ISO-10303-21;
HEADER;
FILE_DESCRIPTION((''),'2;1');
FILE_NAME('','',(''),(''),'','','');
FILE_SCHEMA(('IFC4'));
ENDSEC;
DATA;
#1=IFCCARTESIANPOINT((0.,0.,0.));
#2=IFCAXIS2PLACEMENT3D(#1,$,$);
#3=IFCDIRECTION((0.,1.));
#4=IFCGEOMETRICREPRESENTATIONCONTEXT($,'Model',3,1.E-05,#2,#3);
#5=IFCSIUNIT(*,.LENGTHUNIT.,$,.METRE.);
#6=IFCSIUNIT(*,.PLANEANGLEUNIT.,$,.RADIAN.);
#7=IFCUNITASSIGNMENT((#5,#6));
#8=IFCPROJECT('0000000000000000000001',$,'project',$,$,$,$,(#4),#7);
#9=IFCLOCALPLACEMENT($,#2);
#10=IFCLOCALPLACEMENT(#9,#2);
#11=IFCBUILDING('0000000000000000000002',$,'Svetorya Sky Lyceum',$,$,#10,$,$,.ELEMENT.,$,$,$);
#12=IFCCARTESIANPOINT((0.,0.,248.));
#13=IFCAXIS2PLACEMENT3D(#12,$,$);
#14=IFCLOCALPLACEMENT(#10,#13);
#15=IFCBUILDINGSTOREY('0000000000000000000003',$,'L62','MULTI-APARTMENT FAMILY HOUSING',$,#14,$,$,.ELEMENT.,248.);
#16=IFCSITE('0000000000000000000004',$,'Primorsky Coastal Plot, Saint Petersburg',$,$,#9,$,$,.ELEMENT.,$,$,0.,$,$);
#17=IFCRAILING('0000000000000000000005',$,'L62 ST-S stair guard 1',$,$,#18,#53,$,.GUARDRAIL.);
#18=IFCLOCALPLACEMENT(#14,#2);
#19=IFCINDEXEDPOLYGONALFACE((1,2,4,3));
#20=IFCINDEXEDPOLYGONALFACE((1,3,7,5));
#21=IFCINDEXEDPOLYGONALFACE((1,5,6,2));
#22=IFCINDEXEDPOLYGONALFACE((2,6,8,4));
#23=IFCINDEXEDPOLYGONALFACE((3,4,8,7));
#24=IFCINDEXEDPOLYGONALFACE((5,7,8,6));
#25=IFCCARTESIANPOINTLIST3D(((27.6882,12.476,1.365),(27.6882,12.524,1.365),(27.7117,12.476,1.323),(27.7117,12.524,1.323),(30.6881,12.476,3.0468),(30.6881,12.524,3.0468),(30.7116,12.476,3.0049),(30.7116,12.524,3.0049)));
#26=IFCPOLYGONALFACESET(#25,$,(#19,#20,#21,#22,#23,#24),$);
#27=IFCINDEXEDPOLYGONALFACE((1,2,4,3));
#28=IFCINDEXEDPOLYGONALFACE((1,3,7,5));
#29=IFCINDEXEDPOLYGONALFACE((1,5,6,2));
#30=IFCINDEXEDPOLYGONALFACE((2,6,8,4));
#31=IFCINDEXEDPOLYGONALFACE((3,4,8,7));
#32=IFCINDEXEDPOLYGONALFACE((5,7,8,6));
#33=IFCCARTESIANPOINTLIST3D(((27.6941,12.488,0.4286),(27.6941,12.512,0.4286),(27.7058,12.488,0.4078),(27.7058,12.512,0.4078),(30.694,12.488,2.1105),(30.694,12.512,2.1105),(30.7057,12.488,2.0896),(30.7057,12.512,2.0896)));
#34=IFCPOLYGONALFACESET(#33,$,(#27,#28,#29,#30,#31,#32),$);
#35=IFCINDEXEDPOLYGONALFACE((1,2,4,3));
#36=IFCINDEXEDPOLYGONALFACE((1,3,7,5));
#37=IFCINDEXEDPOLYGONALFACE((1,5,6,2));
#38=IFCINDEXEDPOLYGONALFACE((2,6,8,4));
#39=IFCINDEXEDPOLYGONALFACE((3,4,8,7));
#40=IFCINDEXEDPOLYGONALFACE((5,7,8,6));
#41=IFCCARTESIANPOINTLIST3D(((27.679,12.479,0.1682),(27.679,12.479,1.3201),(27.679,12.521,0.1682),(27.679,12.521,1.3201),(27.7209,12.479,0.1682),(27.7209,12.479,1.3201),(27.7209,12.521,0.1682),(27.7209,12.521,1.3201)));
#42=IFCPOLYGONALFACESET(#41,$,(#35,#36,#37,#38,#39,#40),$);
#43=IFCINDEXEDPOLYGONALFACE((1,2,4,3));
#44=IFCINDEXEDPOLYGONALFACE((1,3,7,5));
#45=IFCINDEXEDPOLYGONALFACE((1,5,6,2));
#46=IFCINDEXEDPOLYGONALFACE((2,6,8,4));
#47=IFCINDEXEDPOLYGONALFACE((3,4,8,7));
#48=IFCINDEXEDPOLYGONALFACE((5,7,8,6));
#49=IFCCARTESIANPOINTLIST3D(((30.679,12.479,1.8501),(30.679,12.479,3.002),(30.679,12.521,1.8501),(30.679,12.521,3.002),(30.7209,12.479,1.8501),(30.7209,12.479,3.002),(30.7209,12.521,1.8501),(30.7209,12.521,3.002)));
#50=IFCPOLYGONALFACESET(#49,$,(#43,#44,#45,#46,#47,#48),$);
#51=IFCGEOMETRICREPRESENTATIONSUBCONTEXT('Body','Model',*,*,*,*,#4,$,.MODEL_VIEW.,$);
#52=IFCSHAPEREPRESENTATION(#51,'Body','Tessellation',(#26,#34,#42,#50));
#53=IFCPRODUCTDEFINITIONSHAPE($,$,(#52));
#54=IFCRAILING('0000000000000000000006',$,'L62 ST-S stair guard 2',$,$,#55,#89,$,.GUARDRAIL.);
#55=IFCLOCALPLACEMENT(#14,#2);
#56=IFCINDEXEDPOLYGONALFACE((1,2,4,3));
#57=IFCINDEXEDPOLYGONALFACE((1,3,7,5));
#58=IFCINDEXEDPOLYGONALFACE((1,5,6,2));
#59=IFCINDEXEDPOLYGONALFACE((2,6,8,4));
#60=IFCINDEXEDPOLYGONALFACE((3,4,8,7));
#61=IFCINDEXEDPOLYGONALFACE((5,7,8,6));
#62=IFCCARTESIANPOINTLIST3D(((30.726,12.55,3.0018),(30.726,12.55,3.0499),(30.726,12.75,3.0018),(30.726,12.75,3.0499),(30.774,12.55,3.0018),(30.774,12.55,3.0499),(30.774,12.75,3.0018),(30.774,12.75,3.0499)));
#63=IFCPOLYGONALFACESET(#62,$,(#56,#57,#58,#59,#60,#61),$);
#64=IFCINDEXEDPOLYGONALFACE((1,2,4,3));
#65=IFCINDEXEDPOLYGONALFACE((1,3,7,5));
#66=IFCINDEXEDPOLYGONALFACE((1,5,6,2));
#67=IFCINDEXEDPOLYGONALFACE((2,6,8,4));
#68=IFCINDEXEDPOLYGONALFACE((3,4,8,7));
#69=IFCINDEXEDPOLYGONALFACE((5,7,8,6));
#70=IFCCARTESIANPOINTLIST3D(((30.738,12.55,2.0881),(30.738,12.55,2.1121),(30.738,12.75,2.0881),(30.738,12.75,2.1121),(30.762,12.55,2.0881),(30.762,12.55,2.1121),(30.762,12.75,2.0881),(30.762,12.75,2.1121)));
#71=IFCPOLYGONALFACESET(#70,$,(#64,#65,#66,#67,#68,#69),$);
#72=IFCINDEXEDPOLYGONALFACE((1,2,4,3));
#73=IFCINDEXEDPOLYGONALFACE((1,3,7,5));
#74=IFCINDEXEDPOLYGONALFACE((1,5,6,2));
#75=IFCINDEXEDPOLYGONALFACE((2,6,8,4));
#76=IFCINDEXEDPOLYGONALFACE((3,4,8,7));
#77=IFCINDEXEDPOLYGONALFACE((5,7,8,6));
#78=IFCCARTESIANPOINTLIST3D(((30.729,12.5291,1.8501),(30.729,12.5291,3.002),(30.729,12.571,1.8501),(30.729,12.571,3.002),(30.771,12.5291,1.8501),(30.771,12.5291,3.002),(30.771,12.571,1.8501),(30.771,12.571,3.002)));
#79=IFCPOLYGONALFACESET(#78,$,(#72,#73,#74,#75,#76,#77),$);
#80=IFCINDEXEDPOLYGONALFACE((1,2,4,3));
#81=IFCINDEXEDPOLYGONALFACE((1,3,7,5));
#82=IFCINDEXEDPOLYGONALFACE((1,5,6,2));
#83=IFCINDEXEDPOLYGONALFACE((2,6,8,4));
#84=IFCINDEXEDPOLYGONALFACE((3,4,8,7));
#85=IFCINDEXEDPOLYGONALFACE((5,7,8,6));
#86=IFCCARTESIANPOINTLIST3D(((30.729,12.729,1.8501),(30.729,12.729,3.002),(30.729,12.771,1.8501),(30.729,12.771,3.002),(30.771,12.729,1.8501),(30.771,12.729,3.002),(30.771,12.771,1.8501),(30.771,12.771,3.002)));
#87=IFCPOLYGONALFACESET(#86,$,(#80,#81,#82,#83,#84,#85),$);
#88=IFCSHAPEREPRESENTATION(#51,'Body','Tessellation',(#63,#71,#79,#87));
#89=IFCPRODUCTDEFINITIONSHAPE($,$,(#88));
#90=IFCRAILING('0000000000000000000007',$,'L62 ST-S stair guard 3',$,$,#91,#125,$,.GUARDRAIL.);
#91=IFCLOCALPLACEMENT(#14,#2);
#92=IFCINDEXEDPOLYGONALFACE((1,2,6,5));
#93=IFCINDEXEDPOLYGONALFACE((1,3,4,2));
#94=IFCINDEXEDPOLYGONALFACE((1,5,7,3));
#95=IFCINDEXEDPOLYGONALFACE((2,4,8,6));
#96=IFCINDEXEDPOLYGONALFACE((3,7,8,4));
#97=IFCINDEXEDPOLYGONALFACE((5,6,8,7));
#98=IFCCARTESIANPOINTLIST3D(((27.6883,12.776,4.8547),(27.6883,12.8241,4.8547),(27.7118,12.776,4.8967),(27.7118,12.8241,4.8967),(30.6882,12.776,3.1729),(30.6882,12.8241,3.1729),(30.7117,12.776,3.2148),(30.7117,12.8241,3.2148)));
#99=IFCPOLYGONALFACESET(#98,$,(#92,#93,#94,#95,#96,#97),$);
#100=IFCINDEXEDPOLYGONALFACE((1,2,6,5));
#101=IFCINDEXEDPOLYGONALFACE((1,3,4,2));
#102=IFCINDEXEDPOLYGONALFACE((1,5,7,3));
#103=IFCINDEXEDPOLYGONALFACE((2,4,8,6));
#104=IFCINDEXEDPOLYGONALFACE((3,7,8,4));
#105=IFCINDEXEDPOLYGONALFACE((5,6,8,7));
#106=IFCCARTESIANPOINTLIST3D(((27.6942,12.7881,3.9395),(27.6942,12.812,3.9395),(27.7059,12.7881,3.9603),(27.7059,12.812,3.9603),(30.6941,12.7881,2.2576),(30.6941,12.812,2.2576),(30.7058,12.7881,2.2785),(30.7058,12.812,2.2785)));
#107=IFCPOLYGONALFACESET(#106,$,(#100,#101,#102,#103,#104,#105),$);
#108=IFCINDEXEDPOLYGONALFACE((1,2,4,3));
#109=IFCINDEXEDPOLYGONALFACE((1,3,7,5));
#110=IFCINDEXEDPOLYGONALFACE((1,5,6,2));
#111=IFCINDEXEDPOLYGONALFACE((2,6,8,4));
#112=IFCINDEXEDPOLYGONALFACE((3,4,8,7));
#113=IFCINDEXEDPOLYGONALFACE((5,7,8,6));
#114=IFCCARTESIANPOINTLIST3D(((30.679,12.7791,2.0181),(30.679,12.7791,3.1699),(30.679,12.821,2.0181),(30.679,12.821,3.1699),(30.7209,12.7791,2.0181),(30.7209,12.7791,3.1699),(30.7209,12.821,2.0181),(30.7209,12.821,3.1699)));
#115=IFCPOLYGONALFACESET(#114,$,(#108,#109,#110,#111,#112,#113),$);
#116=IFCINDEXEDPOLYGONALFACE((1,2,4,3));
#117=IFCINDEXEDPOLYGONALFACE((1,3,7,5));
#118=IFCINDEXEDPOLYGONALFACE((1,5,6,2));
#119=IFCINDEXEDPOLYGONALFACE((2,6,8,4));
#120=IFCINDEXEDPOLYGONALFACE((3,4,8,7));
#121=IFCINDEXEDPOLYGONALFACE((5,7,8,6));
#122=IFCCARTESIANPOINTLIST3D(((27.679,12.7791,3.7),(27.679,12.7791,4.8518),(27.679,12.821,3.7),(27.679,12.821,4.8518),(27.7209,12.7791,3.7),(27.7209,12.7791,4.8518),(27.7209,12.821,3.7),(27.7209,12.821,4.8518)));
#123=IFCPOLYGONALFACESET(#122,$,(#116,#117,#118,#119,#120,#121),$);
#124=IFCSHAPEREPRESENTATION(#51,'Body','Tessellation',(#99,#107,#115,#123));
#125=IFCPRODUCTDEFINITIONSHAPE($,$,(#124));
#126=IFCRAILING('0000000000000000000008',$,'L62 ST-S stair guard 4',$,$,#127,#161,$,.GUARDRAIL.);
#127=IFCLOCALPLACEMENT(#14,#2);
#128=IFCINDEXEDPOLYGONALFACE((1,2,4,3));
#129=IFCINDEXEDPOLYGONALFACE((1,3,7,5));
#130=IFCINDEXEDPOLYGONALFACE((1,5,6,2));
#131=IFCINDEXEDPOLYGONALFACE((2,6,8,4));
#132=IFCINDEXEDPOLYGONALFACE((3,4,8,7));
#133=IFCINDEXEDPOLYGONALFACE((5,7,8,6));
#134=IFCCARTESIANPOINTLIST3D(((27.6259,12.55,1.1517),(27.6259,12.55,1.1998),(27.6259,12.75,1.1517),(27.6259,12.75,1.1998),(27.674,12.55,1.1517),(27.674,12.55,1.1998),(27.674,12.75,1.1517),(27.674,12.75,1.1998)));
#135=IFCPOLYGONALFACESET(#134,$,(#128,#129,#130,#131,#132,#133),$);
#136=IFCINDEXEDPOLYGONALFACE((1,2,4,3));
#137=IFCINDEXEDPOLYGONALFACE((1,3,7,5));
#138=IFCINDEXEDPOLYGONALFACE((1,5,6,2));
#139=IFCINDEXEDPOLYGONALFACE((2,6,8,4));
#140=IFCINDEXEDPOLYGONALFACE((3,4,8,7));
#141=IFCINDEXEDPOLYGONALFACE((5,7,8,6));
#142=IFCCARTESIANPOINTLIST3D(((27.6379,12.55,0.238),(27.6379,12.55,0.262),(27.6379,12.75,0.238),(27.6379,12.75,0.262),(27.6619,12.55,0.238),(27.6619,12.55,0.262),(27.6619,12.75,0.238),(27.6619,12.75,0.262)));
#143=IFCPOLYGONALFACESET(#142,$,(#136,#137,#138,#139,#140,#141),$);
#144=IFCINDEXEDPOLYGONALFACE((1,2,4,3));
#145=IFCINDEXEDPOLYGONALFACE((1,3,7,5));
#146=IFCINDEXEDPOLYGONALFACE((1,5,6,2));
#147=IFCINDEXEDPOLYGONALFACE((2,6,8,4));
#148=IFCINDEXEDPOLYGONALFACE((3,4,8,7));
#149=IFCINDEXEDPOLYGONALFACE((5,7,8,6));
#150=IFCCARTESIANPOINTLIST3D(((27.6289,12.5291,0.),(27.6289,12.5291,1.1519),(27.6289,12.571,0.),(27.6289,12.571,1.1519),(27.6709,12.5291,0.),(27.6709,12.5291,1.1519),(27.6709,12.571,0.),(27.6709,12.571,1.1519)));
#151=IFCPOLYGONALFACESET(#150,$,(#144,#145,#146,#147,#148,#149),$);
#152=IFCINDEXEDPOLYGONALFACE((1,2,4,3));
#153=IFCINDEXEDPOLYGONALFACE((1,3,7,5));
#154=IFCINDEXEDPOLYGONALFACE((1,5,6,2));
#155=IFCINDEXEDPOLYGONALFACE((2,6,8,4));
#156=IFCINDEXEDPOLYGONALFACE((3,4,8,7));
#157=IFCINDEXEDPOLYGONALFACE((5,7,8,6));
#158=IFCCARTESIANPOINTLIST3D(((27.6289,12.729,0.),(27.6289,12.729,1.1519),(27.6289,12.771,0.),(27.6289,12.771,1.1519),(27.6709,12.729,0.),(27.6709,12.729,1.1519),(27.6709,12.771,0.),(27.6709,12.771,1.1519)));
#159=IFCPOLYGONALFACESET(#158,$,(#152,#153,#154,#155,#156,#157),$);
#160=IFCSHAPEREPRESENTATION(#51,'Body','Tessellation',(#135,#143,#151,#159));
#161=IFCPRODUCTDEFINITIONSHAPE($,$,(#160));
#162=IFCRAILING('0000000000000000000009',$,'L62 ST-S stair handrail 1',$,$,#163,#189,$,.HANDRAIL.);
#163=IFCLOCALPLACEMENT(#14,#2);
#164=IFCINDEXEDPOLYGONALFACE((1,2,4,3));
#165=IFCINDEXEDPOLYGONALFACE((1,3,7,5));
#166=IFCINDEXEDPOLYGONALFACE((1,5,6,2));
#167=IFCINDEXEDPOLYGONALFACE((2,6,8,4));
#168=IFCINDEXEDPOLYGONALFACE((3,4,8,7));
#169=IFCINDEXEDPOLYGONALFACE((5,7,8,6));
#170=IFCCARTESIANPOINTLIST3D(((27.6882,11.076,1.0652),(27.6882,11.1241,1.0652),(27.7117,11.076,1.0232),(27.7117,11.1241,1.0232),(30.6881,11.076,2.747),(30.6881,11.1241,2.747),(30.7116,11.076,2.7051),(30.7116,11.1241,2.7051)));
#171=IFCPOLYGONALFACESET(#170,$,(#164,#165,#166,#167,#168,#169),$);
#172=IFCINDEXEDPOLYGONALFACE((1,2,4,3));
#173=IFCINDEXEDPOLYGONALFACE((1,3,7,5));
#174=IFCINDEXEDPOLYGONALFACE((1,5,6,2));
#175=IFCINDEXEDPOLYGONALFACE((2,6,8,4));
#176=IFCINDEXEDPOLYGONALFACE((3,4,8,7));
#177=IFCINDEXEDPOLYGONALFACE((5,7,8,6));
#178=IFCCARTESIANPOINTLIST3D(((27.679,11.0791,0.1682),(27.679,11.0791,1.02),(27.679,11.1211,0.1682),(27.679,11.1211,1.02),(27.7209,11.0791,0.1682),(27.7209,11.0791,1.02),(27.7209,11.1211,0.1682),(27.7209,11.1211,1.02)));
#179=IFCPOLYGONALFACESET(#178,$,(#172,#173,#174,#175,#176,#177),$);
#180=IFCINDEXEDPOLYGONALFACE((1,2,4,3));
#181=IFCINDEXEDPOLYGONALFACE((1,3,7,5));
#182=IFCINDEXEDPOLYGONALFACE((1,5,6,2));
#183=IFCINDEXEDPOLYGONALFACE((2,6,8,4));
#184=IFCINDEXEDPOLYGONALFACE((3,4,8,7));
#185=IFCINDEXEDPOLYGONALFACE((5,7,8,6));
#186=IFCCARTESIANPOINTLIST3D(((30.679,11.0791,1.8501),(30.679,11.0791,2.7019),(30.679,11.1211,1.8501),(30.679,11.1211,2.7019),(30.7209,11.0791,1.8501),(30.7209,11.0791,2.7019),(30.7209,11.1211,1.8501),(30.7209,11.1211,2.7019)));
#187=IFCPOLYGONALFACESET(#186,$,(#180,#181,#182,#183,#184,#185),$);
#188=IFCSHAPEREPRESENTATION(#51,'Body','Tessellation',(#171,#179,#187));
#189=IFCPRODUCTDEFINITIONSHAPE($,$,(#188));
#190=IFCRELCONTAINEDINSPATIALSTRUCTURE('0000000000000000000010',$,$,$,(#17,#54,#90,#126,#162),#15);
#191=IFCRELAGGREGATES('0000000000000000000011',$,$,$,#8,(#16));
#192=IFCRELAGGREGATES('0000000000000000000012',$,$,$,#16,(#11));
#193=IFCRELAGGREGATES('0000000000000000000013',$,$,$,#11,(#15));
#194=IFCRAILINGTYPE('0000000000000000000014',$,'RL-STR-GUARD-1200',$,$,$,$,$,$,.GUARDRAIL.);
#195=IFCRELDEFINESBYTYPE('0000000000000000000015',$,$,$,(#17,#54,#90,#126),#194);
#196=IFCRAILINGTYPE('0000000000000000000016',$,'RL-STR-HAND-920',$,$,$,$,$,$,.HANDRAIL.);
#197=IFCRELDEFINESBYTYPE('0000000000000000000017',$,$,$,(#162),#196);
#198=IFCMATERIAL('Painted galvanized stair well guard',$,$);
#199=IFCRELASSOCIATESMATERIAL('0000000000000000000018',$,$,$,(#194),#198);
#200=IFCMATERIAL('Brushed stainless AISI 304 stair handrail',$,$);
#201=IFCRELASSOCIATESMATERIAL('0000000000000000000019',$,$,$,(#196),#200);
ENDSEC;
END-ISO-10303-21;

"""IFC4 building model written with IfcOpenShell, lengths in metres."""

from ifc_helpers import new_model, si_unit, direction, frame, origin, origin_2d, place, context, subcontext, project, spatial, rectangle, extrude, material, type_object, element, save


model = new_model("IFC4")

# Units and contexts
model_context = context("Model", 3, precision=1e-05, world=origin(), true_north=direction((0.0, 1.0)))
body_context = subcontext(model_context, "Body", "Model", "MODEL_VIEW")
ifc_project = project(units=[si_unit("LENGTHUNIT", "METRE"), si_unit("PLANEANGLEUNIT", "RADIAN")], contexts=[model_context])

# Site, building, storey
site_placement = place(None, origin())
site = spatial("IfcSite", under=ifc_project, at=site_placement, Name="Primorsky Coastal Plot, Saint Petersburg", CompositionType="ELEMENT", RefElevation=0.0)
building_placement = place(site_placement, origin())
building = spatial("IfcBuilding", under=site, at=building_placement, Name="Svetorya Sky Lyceum", CompositionType="ELEMENT")
storey_placement = place(building_placement, frame((0.0, 0.0, 248.0)))
storey = spatial("IfcBuildingStorey", under=building, at=storey_placement, Name="L62", Description="MULTI-APARTMENT FAMILY HOUSING", CompositionType="ELEMENT", Elevation=248.0)

# Railings
ifc_material_1 = material(Name="Painted galvanized stair well guard")
railing_type_1 = type_object("IfcRailingType", Name="RL-STR-GUARD-1200", PredefinedType="GUARDRAIL", material=ifc_material_1)
railing_1_placement = place(storey_placement, frame((27.7, 12.5, 0.1682)))
element("IfcRailing", 1, at=railing_1_placement, inside=storey, type_object=railing_type_1, Name="L62 ST-S stair guard 1", PredefinedType="GUARDRAIL", context=body_context, shape_type="SweptSolid", body=[
    extrude(rectangle(XDim=0.0481, YDim=0.0481, at=origin_2d()), frame((0.0, 0.0, 1.1758), z_axis=(0.872272, 0.0, 0.48902), x_axis=(0.0, 1.0, 0.0)), (0.0, 0.0, 1.0), 3.4392),
    extrude(rectangle(XDim=0.0239, YDim=0.0239, at=origin_2d()), frame((0.0, 0.0, 0.25), z_axis=(0.872272, 0.0, 0.48902), x_axis=(0.0, 1.0, 0.0)), (0.0, 0.0, 1.0), 3.4392),
    extrude(rectangle(XDim=0.042, YDim=0.042, at=origin_2d()), origin(), (0.0, 0.0, 1.0), 1.1519),
    extrude(rectangle(XDim=0.042, YDim=0.042, at=origin_2d()), frame((3.0, 0.0, 1.6819)), (0.0, 0.0, 1.0), 1.1519),
])
railing_2_placement = place(storey_placement, frame((30.75, 12.55, 1.8501)))
element("IfcRailing", 2, at=railing_2_placement, inside=storey, type_object=railing_type_1, Name="L62 ST-S stair guard 2", PredefinedType="GUARDRAIL", context=body_context, shape_type="SweptSolid", body=[
    extrude(rectangle(XDim=0.0481, YDim=0.0481, at=origin_2d()), frame((0.0, 0.0, 1.1758), z_axis=(0.0, 1.0, 0.0), x_axis=(-1.0, 0.0, 0.0)), (0.0, 0.0, 1.0), 0.2),
    extrude(rectangle(XDim=0.0239, YDim=0.0239, at=origin_2d()), frame((0.0, 0.0, 0.25), z_axis=(0.0, 1.0, 0.0), x_axis=(-1.0, 0.0, 0.0)), (0.0, 0.0, 1.0), 0.2),
    extrude(rectangle(XDim=0.042, YDim=0.042, at=origin_2d()), origin(), (0.0, 0.0, 1.0), 1.1519),
    extrude(rectangle(XDim=0.042, YDim=0.042, at=origin_2d()), frame((0.0, 0.2, 0.0)), (0.0, 0.0, 1.0), 1.1519),
])
railing_3_placement = place(storey_placement, frame((30.7, 12.8, 2.0181)))
element("IfcRailing", 3, at=railing_3_placement, inside=storey, type_object=railing_type_1, Name="L62 ST-S stair guard 3", PredefinedType="GUARDRAIL", context=body_context, shape_type="SweptSolid", body=[
    extrude(rectangle(XDim=0.0481, YDim=0.0481, at=origin_2d()), frame((0.0, 0.0, 1.1758), z_axis=(-0.872272, 0.0, 0.48902), x_axis=(0.0, -1.0, 0.0)), (0.0, 0.0, 1.0), 3.4392),
    extrude(rectangle(XDim=0.0239, YDim=0.0239, at=origin_2d()), frame((0.0, 0.0, 0.25), z_axis=(-0.872272, 0.0, 0.48902), x_axis=(0.0, -1.0, 0.0)), (0.0, 0.0, 1.0), 3.4392),
    extrude(rectangle(XDim=0.042, YDim=0.042, at=origin_2d()), origin(), (0.0, 0.0, 1.0), 1.1519),
    extrude(rectangle(XDim=0.042, YDim=0.042, at=origin_2d()), frame((-3.0, 0.0, 1.6819)), (0.0, 0.0, 1.0), 1.1519),
])
railing_4_placement = place(storey_placement, frame((27.6499, 12.55, 0.0)))
element("IfcRailing", 4, at=railing_4_placement, inside=storey, type_object=railing_type_1, Name="L62 ST-S stair guard 4", PredefinedType="GUARDRAIL", context=body_context, shape_type="SweptSolid", body=[
    extrude(rectangle(XDim=0.0481, YDim=0.0481, at=origin_2d()), frame((0.0, 0.0, 1.1758), z_axis=(0.0, 1.0, 0.0), x_axis=(-1.0, 0.0, 0.0)), (0.0, 0.0, 1.0), 0.2),
    extrude(rectangle(XDim=0.0239, YDim=0.0239, at=origin_2d()), frame((0.0, 0.0, 0.25), z_axis=(0.0, 1.0, 0.0), x_axis=(-1.0, 0.0, 0.0)), (0.0, 0.0, 1.0), 0.2),
    extrude(rectangle(XDim=0.042, YDim=0.042, at=origin_2d()), origin(), (0.0, 0.0, 1.0), 1.1519),
    extrude(rectangle(XDim=0.042, YDim=0.042, at=origin_2d()), frame((0.0, 0.2, 0.0)), (0.0, 0.0, 1.0), 1.1519),
])
ifc_material_2 = material(Name="Brushed stainless AISI 304 stair handrail")
railing_type_2 = type_object("IfcRailingType", Name="RL-STR-HAND-920", PredefinedType="HANDRAIL", material=ifc_material_2)
railing_5_placement = place(storey_placement, frame((27.7, 11.1001, 0.1682)))
element("IfcRailing", 5, at=railing_5_placement, inside=storey, type_object=railing_type_2, Name="L62 ST-S stair handrail 1", PredefinedType="HANDRAIL", context=body_context, shape_type="SweptSolid", body=[
    extrude(rectangle(XDim=0.0481, YDim=0.0481, at=origin_2d()), frame((0.0, 0.0, 0.876), z_axis=(0.872272, 0.0, 0.48902), x_axis=(0.0, 1.0, 0.0)), (0.0, 0.0, 1.0), 3.4392),
    extrude(rectangle(XDim=0.042, YDim=0.042, at=origin_2d()), origin(), (0.0, 0.0, 1.0), 0.8518),
    extrude(rectangle(XDim=0.042, YDim=0.042, at=origin_2d()), frame((3.0, 0.0, 1.6819)), (0.0, 0.0, 1.0), 0.8518),
])

save(model, "model.ifc")
